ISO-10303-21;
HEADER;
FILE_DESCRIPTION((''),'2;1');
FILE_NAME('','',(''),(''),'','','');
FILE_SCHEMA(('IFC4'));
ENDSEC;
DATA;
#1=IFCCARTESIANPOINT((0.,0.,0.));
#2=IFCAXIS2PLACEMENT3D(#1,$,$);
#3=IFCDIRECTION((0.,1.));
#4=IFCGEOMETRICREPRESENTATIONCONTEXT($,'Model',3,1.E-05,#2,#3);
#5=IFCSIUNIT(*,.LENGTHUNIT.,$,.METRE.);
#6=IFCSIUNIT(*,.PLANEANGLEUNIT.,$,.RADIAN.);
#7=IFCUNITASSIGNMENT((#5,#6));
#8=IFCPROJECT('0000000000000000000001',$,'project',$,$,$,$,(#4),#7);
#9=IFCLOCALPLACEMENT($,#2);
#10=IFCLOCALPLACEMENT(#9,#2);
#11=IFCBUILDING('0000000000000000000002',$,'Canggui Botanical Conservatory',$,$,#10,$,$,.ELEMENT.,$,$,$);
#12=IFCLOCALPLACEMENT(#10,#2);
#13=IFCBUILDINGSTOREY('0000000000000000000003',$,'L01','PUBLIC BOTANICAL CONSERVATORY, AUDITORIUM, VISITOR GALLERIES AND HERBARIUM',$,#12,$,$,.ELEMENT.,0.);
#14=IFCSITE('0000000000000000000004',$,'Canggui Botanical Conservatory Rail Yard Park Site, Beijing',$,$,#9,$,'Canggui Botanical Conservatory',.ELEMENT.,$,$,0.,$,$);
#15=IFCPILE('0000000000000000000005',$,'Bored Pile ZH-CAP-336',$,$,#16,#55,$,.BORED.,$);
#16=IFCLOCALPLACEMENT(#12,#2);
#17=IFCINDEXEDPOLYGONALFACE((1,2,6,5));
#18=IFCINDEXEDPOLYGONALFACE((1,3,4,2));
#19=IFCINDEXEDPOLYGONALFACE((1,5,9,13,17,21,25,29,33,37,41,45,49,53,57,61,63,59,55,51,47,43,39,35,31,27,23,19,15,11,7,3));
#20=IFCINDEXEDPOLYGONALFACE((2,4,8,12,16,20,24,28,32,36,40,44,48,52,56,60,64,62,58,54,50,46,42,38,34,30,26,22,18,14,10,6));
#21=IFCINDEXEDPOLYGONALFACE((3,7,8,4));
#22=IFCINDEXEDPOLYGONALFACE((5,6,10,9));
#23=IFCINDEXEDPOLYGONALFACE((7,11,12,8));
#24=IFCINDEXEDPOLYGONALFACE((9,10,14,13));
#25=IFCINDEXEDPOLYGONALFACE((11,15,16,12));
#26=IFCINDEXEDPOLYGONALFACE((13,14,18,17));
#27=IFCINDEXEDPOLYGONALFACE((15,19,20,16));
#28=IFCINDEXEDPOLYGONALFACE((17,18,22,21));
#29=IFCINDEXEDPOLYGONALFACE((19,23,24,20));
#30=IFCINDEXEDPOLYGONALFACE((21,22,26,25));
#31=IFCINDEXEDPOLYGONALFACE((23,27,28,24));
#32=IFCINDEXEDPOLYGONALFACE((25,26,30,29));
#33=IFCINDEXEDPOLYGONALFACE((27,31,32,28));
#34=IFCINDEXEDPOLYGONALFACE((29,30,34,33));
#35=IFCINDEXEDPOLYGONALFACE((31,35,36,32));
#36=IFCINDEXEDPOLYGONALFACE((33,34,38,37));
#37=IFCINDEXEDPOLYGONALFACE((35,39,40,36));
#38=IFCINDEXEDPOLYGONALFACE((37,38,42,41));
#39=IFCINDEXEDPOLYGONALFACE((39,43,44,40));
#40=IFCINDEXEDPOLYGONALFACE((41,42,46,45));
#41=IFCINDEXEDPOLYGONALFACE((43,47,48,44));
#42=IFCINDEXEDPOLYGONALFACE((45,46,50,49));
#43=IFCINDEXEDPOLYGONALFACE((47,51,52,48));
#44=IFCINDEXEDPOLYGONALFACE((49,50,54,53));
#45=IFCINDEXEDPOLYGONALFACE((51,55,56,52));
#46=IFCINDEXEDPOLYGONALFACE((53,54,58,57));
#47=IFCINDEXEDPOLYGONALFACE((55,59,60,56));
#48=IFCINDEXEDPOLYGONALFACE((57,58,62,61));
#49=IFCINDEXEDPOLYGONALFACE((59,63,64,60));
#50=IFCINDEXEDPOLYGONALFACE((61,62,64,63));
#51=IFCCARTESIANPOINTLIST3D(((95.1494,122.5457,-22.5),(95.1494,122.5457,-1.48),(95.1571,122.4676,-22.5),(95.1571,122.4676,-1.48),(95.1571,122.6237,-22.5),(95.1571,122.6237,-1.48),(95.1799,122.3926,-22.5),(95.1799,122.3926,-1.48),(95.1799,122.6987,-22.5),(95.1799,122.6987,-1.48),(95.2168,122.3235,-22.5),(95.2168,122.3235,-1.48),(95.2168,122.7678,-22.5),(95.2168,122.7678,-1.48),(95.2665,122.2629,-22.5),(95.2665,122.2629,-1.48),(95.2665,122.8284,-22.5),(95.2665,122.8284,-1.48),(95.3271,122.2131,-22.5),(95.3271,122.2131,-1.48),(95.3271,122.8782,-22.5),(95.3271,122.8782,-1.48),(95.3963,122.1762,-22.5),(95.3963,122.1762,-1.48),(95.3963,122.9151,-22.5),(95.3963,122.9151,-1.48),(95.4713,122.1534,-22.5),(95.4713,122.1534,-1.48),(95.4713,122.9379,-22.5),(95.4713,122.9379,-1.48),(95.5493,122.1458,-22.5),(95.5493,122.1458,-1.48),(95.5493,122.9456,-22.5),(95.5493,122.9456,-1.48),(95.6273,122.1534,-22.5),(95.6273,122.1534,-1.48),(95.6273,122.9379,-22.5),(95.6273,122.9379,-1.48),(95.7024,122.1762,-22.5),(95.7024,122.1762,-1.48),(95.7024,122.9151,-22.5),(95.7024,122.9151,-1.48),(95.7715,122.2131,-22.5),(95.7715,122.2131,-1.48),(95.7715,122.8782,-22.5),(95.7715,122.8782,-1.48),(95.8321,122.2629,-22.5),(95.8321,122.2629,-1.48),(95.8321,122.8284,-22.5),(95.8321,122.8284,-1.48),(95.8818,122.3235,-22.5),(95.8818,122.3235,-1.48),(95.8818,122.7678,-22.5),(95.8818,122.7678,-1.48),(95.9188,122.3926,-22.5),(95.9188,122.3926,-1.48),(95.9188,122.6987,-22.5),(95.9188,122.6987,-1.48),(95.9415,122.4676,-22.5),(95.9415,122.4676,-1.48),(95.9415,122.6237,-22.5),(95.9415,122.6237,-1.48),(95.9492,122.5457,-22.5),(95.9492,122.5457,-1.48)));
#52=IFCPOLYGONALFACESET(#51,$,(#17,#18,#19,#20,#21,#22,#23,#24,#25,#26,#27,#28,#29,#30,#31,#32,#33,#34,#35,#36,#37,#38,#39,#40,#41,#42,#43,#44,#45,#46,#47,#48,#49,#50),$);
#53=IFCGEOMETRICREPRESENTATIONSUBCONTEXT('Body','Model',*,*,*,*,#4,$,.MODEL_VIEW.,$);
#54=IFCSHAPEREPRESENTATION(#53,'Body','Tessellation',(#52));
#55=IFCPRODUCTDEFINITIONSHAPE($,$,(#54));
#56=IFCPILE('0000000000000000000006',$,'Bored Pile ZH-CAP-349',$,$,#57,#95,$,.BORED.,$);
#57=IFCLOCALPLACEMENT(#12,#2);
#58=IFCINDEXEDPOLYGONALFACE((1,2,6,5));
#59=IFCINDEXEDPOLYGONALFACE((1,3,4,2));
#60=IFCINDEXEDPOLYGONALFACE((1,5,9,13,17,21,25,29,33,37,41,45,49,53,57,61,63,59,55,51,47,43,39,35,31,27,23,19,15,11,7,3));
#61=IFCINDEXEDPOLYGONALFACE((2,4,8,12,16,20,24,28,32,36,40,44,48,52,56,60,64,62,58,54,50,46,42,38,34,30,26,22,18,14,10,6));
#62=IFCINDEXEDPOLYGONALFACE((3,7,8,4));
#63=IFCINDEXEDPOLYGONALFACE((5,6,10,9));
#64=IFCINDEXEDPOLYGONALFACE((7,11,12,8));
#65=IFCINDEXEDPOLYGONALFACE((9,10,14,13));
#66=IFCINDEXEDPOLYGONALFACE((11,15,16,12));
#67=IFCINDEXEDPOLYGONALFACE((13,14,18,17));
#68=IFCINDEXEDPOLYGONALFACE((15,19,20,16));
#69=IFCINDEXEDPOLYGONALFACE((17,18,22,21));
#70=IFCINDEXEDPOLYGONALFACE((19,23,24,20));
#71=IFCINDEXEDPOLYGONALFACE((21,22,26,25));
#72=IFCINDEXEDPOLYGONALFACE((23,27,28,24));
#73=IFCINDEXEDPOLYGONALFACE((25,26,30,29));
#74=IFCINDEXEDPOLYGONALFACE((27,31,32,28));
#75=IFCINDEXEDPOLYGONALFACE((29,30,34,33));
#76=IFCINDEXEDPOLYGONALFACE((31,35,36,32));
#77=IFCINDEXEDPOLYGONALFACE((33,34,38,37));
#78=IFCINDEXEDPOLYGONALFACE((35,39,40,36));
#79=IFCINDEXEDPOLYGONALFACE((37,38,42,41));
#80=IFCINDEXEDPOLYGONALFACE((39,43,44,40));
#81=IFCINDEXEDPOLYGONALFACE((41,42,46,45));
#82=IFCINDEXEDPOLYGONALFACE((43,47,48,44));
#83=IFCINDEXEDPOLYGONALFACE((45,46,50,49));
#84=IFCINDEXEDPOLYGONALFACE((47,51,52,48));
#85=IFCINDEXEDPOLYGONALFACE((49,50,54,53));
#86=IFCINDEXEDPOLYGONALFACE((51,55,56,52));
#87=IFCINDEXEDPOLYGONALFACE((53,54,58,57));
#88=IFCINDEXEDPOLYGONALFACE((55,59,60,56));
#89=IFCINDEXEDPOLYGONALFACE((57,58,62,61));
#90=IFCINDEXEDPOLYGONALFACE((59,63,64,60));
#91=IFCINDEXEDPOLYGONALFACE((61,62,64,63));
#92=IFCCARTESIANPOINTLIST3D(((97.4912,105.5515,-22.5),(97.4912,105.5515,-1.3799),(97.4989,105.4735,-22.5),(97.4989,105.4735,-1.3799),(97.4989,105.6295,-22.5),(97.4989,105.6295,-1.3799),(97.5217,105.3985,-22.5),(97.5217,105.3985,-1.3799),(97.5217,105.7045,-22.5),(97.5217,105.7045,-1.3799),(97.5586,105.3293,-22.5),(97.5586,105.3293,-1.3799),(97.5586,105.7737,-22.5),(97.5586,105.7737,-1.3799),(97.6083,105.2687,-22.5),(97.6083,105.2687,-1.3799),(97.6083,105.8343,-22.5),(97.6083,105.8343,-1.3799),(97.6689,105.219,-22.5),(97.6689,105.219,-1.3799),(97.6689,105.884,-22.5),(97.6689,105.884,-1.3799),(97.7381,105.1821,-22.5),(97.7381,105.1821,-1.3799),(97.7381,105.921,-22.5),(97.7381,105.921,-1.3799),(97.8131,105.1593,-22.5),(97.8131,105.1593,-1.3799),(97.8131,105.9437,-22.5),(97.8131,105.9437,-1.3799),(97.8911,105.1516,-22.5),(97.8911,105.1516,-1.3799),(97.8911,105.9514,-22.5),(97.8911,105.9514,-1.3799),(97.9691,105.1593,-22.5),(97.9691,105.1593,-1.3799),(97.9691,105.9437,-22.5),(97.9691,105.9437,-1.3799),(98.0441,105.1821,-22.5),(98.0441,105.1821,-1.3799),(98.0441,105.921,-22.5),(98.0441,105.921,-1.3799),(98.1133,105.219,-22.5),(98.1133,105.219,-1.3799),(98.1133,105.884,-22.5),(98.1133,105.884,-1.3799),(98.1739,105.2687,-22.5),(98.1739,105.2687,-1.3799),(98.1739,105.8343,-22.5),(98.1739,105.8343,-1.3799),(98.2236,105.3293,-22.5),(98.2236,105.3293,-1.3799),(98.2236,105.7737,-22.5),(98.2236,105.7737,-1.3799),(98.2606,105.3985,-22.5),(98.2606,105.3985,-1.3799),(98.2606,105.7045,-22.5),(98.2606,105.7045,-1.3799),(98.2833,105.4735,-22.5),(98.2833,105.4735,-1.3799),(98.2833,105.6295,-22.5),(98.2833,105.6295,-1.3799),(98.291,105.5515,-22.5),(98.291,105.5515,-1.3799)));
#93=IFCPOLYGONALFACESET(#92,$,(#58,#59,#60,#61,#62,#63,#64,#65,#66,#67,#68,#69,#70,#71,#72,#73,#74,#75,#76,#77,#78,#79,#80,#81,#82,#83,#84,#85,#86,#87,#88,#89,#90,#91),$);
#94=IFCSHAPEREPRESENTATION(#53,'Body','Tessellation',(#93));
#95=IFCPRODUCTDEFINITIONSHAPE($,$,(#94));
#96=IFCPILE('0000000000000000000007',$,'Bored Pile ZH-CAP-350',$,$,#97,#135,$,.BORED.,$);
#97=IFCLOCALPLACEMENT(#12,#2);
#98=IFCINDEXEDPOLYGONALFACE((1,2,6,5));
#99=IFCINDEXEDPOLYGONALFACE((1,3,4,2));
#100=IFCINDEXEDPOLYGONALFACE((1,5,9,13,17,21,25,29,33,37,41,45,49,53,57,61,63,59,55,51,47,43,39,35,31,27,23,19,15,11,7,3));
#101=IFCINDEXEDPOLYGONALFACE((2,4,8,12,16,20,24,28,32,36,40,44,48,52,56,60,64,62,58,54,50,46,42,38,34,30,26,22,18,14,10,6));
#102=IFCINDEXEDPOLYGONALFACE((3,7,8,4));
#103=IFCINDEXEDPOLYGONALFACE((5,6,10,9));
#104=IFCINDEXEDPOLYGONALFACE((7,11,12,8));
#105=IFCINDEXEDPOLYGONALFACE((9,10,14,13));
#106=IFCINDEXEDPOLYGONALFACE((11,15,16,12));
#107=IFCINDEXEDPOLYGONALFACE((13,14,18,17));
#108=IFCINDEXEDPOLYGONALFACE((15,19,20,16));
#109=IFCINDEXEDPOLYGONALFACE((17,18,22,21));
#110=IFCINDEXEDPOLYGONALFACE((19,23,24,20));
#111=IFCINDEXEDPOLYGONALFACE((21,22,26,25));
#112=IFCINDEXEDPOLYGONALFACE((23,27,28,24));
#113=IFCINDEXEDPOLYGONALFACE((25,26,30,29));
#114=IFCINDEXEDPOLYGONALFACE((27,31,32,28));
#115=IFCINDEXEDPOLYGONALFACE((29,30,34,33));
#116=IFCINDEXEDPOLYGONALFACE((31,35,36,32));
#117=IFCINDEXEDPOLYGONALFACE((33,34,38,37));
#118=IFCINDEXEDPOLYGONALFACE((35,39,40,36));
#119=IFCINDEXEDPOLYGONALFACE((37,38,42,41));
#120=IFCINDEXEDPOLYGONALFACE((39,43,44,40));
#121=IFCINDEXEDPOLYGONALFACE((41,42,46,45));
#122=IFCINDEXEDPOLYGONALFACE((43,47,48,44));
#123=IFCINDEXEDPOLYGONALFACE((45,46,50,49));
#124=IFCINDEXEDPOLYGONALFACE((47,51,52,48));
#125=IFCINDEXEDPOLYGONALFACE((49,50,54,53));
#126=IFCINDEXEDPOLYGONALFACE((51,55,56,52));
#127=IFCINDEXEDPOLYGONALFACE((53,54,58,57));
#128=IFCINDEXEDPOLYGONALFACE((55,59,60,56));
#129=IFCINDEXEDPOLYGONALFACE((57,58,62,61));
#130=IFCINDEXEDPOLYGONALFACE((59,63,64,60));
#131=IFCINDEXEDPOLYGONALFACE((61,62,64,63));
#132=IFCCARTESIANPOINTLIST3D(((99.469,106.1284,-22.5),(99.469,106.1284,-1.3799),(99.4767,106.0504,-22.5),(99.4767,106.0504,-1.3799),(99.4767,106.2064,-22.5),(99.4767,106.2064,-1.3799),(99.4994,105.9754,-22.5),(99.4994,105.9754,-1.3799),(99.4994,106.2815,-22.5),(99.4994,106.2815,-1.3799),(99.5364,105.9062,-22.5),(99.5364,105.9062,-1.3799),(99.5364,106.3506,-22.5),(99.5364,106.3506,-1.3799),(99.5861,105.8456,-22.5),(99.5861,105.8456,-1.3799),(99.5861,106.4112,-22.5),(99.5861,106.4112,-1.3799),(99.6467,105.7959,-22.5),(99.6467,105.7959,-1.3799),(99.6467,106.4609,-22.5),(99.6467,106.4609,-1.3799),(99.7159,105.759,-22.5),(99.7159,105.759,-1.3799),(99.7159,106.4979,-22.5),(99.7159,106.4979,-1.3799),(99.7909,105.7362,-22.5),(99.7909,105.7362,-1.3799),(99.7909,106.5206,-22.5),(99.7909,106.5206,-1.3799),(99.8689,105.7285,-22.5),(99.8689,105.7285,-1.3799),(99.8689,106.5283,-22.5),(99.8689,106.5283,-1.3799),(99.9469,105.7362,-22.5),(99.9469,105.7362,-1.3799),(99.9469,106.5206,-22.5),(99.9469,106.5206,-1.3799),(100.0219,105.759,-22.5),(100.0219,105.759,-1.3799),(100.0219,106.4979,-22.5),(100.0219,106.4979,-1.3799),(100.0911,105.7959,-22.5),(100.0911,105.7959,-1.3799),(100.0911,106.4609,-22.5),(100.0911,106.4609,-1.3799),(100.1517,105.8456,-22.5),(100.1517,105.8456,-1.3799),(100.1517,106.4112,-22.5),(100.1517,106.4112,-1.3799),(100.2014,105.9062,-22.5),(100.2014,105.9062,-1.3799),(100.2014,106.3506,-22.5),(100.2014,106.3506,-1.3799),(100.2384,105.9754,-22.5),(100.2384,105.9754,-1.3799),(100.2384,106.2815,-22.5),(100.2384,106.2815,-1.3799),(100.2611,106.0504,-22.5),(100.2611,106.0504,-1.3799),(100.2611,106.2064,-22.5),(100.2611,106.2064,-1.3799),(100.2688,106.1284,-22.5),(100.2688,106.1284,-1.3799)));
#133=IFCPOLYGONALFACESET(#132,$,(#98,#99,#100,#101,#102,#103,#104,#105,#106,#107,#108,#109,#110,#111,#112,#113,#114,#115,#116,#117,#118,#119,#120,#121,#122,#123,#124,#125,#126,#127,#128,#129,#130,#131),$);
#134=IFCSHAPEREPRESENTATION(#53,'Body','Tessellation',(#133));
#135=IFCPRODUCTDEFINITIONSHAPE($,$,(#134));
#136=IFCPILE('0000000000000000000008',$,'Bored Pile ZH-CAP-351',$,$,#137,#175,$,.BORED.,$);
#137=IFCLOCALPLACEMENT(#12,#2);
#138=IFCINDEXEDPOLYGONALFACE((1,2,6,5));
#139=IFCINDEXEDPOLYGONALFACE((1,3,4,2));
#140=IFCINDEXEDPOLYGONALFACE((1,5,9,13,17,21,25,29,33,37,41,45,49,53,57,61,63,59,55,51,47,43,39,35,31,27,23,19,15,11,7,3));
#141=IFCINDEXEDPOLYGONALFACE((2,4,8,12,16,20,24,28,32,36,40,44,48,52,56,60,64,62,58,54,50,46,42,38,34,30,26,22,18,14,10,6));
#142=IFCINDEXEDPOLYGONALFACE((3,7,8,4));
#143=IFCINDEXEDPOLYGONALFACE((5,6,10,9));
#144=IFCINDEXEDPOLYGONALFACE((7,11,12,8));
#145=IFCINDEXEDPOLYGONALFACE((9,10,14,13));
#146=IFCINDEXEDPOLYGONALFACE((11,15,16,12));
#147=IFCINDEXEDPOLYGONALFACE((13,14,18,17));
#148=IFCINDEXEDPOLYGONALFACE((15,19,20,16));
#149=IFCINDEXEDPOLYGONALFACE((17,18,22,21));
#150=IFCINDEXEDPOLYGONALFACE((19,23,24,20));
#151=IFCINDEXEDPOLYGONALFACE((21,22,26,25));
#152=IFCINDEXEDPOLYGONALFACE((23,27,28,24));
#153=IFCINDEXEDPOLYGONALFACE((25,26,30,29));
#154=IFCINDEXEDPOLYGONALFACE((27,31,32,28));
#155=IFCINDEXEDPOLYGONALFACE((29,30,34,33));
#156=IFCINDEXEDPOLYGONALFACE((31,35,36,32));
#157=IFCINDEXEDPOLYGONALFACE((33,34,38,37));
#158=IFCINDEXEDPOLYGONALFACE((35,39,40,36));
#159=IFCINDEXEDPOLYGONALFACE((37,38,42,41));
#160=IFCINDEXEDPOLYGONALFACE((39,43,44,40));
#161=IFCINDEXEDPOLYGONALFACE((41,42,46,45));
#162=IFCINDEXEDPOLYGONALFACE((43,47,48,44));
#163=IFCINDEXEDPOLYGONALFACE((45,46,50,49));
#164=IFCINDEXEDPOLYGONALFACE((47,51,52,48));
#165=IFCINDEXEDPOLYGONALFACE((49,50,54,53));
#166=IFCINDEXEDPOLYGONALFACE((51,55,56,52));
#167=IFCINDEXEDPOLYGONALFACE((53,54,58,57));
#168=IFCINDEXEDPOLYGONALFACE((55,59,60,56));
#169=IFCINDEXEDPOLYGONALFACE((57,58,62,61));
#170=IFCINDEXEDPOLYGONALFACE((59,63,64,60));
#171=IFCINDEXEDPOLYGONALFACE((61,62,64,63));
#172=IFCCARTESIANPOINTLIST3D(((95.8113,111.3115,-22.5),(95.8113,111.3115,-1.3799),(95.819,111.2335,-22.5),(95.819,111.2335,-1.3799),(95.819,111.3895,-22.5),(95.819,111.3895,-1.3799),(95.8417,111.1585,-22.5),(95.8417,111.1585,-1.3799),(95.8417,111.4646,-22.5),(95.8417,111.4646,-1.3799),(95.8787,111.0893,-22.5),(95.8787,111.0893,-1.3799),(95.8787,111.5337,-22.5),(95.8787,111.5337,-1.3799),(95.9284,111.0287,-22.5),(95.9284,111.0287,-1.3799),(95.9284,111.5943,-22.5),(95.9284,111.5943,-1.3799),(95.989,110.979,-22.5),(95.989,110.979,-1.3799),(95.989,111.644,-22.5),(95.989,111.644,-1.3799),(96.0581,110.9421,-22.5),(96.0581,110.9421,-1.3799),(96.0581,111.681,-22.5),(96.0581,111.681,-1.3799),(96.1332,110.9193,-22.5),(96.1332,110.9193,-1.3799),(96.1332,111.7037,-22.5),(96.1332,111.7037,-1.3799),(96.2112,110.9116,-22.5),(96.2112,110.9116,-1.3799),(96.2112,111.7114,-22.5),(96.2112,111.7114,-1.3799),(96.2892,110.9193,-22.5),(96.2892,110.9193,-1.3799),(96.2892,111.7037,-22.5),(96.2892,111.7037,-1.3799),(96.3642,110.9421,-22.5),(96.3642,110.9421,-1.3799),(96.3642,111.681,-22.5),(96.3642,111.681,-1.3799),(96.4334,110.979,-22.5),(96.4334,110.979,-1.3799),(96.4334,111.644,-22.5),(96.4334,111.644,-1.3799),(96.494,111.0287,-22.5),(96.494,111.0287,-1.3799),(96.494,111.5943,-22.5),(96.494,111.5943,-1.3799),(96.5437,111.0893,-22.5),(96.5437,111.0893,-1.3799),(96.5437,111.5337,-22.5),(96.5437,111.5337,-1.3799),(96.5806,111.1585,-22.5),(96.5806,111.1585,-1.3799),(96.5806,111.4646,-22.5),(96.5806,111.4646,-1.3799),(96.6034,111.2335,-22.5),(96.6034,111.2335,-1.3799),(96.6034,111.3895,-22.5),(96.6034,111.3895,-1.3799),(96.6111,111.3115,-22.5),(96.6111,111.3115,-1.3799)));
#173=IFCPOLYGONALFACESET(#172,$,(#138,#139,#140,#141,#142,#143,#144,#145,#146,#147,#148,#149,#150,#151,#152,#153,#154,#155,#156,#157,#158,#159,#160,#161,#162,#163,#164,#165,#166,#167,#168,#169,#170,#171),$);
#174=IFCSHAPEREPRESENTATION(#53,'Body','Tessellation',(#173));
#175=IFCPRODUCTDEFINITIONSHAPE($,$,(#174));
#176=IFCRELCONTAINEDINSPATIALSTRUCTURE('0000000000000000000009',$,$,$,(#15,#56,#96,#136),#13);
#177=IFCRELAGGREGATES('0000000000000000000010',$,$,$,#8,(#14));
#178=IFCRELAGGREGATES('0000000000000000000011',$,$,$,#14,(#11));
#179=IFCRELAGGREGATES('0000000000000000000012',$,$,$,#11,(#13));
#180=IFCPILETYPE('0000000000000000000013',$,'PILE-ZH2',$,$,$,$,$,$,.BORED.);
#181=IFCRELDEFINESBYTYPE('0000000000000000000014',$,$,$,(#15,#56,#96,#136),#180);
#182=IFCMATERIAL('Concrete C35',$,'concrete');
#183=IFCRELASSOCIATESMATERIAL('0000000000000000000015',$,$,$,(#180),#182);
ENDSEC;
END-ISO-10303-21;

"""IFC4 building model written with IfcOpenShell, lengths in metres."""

from ifc_helpers import new_model, si_unit, direction, frame, origin, origin_2d, place, context, subcontext, project, spatial, circle, extrude, material, material_profile, profile_set, type_object, element, save


model = new_model("IFC4")

# Units and contexts
model_context = context("Model", 3, precision=1e-05, world=origin(), true_north=direction((0.0, 1.0)))
body_context = subcontext(model_context, "Body", "Model", "MODEL_VIEW")
ifc_project = project(units=[si_unit("LENGTHUNIT", "METRE"), si_unit("PLANEANGLEUNIT", "RADIAN")], contexts=[model_context])

# Site, building, storey
site_placement = place(None, origin())
site = spatial("IfcSite", under=ifc_project, at=site_placement, Name="Canggui Botanical Conservatory Rail Yard Park Site, Beijing", LongName="Canggui Botanical Conservatory", CompositionType="ELEMENT", RefElevation=0.0)
building_placement = place(site_placement, origin())
building = spatial("IfcBuilding", under=site, at=building_placement, Name="Canggui Botanical Conservatory", CompositionType="ELEMENT")
storey_placement = place(building_placement, origin())
storey = spatial("IfcBuildingStorey", under=building, at=storey_placement, Name="L01", Description="PUBLIC BOTANICAL CONSERVATORY, AUDITORIUM, VISITOR GALLERIES AND HERBARIUM", CompositionType="ELEMENT", Elevation=0.0)

# Shared definitions
ifc_material_1 = material(Name="Concrete C35", Category="concrete")

# Piles
ifc_material_profile_1 = material_profile(ifc_material_1, circle(Radius=0.3999, at=origin_2d()), Name="PILE D800")
ifc_profile_set_1 = profile_set([ifc_material_profile_1], Name="Concrete C35")
pile_type = type_object("IfcPileType", Name="PILE-ZH2", PredefinedType="BORED", material=ifc_profile_set_1)
for number, where, z_axis, x_axis, name in (
    (1, (95.5493, 122.5457, -1.48), (0.0, 0.0, -1.0), (1.0, 0.0, 0.0), "Bored Pile ZH-CAP-336"),
):
    element("IfcPile", number, at=place(storey_placement, frame(where, z_axis=z_axis, x_axis=x_axis)), inside=storey, type_object=pile_type, Name=name, PredefinedType="BORED", context=body_context, shape_type="SweptSolid", body=[
        extrude(circle(Radius=0.3999, at=origin_2d()), origin(), (0.0, 0.0, 1.0), 21.02),
    ])
for number, where, z_axis, x_axis, name in (
    (2, (97.8911, 105.5515, -1.3799), (0.0, 0.0, -1.0), (1.0, 0.0, 0.0), "Bored Pile ZH-CAP-349"),
    (3, (99.8689, 106.1284, -1.3799), (0.0, 0.0, -1.0), (1.0, 0.0, 0.0), "Bored Pile ZH-CAP-350"),
    (4, (96.2112, 111.3115, -1.3799), (0.0, 0.0, -1.0), (1.0, 0.0, 0.0), "Bored Pile ZH-CAP-351"),
):
    element("IfcPile", number, at=place(storey_placement, frame(where, z_axis=z_axis, x_axis=x_axis)), inside=storey, type_object=pile_type, Name=name, PredefinedType="BORED", context=body_context, shape_type="SweptSolid", body=[
        extrude(circle(Radius=0.3999, at=origin_2d()), origin(), (0.0, 0.0, 1.0), 21.1201),
    ])

save(model, "model.ifc")
